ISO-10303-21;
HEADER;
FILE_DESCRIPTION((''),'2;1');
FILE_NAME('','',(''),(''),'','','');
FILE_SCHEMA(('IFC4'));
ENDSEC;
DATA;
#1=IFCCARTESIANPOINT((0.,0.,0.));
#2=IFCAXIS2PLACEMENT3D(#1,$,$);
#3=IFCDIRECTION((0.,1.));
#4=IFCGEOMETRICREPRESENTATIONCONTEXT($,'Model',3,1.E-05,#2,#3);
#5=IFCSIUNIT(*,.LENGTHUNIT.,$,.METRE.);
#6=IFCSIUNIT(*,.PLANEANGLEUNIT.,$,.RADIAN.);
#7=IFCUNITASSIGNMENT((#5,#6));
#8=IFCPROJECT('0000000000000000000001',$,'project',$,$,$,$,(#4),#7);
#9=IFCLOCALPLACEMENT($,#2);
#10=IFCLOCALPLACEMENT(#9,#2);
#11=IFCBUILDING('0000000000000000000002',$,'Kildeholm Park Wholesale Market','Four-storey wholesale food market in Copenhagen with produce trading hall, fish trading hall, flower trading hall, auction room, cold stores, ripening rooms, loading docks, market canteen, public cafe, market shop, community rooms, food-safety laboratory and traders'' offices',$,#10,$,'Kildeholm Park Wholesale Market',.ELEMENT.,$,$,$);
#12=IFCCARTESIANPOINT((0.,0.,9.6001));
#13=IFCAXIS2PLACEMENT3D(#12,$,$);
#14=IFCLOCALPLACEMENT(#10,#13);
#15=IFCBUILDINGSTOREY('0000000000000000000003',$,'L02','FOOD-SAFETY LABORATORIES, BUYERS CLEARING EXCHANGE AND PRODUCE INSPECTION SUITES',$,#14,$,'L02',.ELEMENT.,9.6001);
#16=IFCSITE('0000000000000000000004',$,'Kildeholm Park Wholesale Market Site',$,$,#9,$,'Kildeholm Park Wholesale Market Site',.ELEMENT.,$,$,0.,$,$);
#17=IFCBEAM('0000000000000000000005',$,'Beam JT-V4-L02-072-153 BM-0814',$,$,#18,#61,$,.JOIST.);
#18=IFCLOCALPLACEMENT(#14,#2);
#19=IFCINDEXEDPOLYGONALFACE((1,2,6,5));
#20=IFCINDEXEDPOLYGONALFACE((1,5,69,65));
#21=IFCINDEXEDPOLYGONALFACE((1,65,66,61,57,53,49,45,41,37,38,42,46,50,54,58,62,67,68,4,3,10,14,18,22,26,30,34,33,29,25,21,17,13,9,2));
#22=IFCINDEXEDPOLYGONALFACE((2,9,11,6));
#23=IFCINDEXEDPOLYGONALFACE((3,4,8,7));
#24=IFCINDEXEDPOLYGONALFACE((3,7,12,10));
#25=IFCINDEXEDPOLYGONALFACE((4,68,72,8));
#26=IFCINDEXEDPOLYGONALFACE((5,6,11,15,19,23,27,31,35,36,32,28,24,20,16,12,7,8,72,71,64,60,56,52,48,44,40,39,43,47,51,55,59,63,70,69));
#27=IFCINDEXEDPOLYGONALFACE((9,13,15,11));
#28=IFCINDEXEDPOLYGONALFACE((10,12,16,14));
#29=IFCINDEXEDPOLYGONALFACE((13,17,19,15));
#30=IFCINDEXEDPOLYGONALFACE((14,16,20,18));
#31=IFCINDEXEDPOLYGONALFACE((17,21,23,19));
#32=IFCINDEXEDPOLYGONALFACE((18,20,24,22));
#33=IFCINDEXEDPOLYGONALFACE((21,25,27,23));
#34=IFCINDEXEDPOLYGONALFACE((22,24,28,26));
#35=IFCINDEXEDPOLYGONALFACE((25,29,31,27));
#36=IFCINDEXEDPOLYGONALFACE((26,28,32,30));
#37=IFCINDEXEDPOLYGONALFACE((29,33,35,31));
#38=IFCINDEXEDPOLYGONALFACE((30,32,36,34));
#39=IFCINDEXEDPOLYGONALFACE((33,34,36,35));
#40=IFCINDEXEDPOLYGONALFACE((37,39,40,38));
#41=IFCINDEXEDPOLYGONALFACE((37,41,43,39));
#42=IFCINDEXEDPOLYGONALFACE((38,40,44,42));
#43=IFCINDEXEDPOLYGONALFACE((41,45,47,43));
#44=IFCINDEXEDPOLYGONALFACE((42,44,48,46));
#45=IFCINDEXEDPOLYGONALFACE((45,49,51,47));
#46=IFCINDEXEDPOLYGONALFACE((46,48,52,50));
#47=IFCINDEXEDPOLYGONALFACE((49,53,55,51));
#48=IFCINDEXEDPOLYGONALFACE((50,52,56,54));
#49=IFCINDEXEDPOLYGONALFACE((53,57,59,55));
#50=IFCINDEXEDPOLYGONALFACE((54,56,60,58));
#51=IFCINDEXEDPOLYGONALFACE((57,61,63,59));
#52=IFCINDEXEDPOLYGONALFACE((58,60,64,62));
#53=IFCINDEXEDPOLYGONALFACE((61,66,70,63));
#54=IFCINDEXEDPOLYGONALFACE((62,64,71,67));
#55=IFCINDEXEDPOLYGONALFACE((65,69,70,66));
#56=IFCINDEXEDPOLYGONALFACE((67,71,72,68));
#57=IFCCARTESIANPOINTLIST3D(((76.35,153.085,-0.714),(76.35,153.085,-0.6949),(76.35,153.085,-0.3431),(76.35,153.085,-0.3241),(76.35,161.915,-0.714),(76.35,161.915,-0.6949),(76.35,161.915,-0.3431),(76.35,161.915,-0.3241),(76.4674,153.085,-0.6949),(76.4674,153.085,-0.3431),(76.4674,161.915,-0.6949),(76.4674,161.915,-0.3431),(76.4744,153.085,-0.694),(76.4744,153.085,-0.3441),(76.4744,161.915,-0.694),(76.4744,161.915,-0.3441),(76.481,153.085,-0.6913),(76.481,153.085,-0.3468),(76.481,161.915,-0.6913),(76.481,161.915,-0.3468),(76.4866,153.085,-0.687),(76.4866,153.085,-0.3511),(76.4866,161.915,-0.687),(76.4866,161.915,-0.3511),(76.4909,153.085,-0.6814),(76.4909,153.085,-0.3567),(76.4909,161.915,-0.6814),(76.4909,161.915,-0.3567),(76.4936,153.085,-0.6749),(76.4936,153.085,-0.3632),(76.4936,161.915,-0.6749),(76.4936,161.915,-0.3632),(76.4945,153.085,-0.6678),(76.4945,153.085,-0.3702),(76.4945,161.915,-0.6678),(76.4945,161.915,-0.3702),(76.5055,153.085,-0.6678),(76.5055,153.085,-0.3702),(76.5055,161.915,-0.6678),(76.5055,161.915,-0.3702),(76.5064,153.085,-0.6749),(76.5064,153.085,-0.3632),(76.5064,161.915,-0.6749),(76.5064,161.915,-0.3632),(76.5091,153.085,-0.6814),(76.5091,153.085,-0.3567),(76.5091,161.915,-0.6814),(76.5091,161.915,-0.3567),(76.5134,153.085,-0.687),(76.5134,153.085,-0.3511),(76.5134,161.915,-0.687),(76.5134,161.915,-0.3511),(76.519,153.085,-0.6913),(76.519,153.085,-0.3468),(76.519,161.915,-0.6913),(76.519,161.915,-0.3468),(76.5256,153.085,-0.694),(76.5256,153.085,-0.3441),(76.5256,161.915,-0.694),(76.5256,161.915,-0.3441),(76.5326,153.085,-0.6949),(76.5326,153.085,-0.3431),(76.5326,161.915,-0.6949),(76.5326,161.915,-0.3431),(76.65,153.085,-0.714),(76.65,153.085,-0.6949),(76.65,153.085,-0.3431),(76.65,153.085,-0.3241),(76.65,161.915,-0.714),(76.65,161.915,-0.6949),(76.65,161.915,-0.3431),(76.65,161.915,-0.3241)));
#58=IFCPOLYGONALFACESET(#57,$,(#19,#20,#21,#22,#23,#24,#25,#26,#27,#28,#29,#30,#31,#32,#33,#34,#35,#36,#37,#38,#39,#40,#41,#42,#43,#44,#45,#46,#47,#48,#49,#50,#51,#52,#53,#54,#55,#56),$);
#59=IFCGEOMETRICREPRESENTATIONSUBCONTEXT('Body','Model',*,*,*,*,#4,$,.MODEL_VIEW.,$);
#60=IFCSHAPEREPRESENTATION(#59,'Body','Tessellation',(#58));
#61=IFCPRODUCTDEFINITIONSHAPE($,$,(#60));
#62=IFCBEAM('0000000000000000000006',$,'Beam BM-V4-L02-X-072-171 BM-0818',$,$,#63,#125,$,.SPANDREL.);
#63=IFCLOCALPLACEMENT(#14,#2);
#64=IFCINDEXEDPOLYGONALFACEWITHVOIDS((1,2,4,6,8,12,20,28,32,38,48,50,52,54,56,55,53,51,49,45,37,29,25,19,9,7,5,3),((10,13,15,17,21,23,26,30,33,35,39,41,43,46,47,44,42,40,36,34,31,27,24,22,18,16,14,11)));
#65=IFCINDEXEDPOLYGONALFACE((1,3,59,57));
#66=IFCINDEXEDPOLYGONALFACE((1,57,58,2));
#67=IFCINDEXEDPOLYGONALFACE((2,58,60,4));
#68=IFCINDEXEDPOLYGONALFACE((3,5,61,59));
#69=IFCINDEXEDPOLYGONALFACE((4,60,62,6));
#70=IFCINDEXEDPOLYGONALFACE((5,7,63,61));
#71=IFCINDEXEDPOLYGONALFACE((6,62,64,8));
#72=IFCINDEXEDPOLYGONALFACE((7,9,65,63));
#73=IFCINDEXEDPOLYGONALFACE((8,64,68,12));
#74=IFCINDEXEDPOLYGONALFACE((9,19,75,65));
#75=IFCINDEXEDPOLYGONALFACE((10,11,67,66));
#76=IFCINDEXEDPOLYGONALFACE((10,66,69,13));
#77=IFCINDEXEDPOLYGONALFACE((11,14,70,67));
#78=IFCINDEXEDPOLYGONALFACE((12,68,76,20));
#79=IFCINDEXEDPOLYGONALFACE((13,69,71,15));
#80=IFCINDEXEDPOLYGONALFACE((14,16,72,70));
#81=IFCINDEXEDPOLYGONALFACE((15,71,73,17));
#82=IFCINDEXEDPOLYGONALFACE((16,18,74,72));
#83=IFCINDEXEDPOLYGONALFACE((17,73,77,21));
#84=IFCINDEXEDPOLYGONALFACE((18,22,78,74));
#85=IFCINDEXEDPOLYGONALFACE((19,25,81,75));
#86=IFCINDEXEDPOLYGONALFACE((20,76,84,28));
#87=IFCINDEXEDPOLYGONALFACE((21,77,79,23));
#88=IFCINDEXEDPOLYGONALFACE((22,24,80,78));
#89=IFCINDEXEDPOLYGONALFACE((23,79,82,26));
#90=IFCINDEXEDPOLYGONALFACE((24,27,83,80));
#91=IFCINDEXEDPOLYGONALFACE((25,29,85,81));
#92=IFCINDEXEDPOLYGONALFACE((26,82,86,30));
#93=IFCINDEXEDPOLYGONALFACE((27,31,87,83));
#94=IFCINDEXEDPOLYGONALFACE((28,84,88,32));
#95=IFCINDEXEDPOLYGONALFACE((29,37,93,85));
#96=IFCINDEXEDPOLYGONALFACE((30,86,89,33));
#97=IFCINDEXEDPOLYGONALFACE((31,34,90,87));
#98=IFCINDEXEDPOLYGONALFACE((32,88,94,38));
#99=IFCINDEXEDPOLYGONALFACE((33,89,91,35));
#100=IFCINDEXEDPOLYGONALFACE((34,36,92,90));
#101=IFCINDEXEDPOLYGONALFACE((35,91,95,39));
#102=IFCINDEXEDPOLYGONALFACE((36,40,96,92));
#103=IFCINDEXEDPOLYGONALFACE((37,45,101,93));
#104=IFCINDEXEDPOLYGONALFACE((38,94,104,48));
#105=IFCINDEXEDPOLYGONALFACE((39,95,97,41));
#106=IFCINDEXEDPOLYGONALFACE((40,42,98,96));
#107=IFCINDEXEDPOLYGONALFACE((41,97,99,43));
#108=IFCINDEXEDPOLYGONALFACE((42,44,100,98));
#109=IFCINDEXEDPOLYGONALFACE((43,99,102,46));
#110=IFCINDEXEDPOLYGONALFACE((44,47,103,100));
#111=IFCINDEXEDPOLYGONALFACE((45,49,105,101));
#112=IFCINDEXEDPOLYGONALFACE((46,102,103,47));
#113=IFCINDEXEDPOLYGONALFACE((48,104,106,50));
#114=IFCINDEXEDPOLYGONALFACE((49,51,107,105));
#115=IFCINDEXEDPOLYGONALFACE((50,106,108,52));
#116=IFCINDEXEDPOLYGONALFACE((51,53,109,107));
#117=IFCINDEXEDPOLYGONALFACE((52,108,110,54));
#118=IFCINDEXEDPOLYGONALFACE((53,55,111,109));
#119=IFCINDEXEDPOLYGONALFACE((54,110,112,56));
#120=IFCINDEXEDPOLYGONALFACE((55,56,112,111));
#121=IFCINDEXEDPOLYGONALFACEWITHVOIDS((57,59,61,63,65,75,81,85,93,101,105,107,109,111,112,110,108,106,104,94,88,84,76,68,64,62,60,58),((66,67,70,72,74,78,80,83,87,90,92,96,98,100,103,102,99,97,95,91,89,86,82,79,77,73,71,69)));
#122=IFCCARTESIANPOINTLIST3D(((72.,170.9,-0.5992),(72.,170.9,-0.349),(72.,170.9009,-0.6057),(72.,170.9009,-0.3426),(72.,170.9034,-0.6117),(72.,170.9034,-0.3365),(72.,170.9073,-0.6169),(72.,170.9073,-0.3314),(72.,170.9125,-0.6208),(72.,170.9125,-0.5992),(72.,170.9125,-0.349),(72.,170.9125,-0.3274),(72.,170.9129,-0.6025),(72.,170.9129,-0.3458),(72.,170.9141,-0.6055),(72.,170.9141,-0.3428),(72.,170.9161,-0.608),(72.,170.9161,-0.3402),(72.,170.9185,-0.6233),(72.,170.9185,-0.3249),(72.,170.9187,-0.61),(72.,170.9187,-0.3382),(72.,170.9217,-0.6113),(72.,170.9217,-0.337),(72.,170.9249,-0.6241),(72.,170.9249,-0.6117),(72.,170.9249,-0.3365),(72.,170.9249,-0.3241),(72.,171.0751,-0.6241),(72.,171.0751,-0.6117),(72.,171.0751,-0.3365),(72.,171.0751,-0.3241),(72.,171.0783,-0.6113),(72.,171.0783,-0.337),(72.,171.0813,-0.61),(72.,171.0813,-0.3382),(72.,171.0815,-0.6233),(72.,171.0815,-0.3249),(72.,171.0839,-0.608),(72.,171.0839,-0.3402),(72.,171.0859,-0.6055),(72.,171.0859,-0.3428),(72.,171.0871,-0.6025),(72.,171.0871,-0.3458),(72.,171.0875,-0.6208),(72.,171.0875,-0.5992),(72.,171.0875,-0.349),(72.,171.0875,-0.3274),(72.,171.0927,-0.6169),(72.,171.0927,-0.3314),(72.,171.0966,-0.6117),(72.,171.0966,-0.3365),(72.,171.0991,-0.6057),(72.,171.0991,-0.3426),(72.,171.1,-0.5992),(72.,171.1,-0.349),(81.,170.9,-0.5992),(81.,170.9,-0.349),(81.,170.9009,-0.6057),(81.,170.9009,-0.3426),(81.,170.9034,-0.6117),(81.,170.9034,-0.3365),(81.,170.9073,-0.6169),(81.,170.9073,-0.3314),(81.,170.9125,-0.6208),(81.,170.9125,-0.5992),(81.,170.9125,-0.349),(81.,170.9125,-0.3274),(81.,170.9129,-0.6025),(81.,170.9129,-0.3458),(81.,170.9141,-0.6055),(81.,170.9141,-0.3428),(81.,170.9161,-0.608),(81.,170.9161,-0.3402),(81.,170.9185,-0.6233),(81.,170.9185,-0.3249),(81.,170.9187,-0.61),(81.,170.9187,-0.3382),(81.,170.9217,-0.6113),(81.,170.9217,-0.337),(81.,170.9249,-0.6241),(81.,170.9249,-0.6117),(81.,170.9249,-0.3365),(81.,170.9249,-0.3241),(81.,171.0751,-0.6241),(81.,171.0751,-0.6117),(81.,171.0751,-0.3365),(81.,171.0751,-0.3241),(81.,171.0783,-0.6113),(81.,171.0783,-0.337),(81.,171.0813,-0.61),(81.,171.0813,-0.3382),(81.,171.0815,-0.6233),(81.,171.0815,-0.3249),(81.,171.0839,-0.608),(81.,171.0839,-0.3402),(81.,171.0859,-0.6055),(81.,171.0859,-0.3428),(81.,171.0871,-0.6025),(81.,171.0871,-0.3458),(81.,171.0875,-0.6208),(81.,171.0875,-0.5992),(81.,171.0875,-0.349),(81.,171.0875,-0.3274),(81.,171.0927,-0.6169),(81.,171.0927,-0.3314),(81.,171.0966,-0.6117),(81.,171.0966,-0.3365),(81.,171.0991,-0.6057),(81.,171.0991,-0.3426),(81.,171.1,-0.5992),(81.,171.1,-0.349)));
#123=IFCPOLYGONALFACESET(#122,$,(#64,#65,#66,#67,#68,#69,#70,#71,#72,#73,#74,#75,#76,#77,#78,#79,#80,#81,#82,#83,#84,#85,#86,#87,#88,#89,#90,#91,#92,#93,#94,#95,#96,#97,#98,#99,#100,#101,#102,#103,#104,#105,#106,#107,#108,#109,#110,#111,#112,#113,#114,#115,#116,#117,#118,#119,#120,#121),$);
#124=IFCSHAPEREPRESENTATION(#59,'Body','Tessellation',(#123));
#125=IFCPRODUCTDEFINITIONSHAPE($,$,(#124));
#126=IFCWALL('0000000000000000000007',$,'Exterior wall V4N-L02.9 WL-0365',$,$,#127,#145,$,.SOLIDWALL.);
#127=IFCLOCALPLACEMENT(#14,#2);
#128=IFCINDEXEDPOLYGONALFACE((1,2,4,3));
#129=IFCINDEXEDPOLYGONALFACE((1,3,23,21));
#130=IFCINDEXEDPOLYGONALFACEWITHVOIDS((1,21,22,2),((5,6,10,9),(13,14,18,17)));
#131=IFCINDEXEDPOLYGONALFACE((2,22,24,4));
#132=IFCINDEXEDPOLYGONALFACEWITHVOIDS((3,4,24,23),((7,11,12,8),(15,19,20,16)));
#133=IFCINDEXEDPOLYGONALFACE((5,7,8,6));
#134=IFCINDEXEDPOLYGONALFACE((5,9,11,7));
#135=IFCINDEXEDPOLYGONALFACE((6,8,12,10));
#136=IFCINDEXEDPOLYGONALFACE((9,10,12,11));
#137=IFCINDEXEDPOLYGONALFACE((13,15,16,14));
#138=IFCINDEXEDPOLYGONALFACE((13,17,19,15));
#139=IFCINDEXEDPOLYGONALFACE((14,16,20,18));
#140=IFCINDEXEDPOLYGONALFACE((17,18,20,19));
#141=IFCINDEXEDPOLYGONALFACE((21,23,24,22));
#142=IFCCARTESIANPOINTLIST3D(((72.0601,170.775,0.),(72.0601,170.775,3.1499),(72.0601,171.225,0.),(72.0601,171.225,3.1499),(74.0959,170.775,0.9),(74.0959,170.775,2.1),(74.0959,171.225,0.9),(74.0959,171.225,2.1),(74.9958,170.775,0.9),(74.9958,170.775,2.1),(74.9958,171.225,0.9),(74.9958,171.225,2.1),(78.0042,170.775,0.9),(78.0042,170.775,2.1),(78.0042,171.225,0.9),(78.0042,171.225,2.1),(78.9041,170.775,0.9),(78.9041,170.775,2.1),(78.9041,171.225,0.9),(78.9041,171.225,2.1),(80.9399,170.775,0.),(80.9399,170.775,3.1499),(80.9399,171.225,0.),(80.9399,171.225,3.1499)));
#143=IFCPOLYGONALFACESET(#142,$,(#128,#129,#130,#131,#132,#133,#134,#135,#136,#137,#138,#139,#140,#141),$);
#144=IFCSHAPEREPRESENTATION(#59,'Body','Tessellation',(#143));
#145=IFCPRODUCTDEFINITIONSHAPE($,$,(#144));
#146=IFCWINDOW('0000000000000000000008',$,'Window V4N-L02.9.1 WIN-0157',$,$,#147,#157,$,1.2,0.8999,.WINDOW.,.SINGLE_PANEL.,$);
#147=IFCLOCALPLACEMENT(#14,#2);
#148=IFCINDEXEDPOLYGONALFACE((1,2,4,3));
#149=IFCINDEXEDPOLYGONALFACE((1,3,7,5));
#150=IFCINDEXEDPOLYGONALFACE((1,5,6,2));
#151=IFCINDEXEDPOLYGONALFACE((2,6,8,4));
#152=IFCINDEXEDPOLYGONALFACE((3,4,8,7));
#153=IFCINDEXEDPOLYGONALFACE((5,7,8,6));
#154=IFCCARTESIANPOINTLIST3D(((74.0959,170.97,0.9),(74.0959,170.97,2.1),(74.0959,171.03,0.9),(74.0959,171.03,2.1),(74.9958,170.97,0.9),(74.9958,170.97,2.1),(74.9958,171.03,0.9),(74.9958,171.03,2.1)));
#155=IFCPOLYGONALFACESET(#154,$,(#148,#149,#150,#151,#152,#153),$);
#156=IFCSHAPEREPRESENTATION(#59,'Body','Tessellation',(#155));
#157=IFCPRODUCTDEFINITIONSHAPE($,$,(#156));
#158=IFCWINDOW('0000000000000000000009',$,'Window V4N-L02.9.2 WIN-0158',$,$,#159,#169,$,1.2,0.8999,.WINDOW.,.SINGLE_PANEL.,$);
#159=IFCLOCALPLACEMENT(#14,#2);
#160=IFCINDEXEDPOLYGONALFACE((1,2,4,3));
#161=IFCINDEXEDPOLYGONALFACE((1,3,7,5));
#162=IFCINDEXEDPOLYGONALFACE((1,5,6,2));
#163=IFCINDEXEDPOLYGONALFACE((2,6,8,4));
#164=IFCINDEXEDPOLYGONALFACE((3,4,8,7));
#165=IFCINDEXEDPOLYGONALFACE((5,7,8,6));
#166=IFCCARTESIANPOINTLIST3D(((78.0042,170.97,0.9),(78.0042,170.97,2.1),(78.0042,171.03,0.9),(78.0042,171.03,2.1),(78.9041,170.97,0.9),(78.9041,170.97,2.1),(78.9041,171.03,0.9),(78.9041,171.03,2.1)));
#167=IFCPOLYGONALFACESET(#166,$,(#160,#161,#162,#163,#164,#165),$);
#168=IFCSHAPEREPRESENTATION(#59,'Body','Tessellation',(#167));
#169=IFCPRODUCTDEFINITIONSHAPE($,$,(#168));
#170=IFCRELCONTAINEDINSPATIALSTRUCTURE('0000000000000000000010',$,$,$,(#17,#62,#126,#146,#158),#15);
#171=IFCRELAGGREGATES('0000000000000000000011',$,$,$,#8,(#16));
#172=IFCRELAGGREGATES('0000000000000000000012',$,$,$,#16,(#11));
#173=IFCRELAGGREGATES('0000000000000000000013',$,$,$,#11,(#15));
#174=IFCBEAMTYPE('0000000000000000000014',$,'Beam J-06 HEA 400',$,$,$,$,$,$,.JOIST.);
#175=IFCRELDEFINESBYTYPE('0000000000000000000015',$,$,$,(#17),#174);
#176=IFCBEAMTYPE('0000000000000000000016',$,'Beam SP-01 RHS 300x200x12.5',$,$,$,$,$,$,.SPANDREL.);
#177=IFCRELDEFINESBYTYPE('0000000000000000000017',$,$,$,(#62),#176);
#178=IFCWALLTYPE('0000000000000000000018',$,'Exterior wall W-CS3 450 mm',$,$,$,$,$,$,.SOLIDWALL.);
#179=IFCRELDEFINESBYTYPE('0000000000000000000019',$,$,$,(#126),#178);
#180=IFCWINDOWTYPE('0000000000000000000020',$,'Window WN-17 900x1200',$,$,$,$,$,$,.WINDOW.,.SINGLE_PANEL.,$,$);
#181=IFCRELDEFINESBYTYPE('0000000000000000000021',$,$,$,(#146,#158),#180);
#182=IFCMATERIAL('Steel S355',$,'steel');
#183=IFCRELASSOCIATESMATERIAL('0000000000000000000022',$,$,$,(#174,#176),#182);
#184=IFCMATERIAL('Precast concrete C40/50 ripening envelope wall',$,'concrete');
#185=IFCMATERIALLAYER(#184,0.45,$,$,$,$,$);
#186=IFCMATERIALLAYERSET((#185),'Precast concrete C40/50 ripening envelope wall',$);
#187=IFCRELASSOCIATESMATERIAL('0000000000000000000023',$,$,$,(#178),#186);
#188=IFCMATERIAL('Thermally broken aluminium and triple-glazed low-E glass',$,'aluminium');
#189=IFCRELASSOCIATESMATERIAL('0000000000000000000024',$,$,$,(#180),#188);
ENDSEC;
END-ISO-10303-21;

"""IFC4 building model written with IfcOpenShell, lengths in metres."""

from ifc_helpers import new_model, si_unit, direction, frame, frame_2d, origin, origin_2d, place, context, subcontext, project, spatial, rectangle, hollow_rectangle, i_section, extrude, material, layer, layer_set, material_profile, profile_set, type_object, element, fill, save


model = new_model("IFC4")

# Units and contexts
model_context = context("Model", 3, precision=1e-05, world=origin(), true_north=direction((0.0, 1.0)))
body_context = subcontext(model_context, "Body", "Model", "MODEL_VIEW")
ifc_project = project(units=[si_unit("LENGTHUNIT", "METRE"), si_unit("PLANEANGLEUNIT", "RADIAN")], contexts=[model_context])

# Site, building, storey
site_placement = place(None, origin())
site = spatial("IfcSite", under=ifc_project, at=site_placement, Name="Kildeholm Park Wholesale Market Site", LongName="Kildeholm Park Wholesale Market Site", CompositionType="ELEMENT", RefElevation=0.0)
building_placement = place(site_placement, origin())
building = spatial("IfcBuilding", under=site, at=building_placement, Name="Kildeholm Park Wholesale Market", Description="Four-storey wholesale food market in Copenhagen with produce trading hall, fish trading hall, flower trading hall, auction room, cold stores, ripening rooms, loading docks, market canteen, public cafe, market shop, community rooms, food-safety laboratory and traders' offices", LongName="Kildeholm Park Wholesale Market", CompositionType="ELEMENT")
storey_placement = place(building_placement, frame((0.0, 0.0, 9.6001)))
storey = spatial("IfcBuildingStorey", under=building, at=storey_placement, Name="L02", Description="FOOD-SAFETY LABORATORIES, BUYERS CLEARING EXCHANGE AND PRODUCE INSPECTION SUITES", LongName="L02", CompositionType="ELEMENT", Elevation=9.6001)

# Beams
ifc_material_1 = material(Name="Steel S355", Category="steel")
ifc_material_profile_1 = material_profile(ifc_material_1, i_section(OverallWidth=0.3, OverallDepth=0.3899, WebThickness=0.011, FlangeThickness=0.019, FilletRadius=0.0271, at=origin_2d()), Name="HEA 400")
ifc_profile_set_1 = profile_set([ifc_material_profile_1], Name="Steel S355")
beam_type_1 = type_object("IfcBeamType", Name="Beam J-06 HEA 400", PredefinedType="JOIST", material=ifc_profile_set_1)
for number, where, z_axis, x_axis, name in (
    (1, (76.5, 153.085, -0.519), (0.0, 1.0, 0.0), (-1.0, 0.0, 0.0), "Beam JT-V4-L02-072-153 BM-0814"),
):
    element("IfcBeam", number, at=place(storey_placement, frame(where, z_axis=z_axis, x_axis=x_axis)), inside=storey, type_object=beam_type_1, Name=name, PredefinedType="JOIST", context=body_context, shape_type="SweptSolid", body=[
        extrude(i_section(OverallWidth=0.3, OverallDepth=0.3899, WebThickness=0.011, FlangeThickness=0.019, FilletRadius=0.0271, at=origin_2d()), origin(), (0.0, 0.0, 1.0), 8.8301),
    ])
ifc_material_profile_2 = material_profile(ifc_material_1, hollow_rectangle(XDim=0.2, YDim=0.3, WallThickness=0.0125, InnerFilletRadius=0.0125, OuterFilletRadius=0.0249, at=origin_2d()), Name="RHS 300x200x12.5")
ifc_profile_set_2 = profile_set([ifc_material_profile_2], Name="Steel S355")
beam_type_2 = type_object("IfcBeamType", Name="Beam SP-01 RHS 300x200x12.5", PredefinedType="SPANDREL", material=ifc_profile_set_2)
beam_1_placement = place(storey_placement, frame((72.0, 171.0, -0.4741), z_axis=(1.0, 0.0, 0.0), x_axis=(0.0, 1.0, 0.0)))
element("IfcBeam", 2, at=beam_1_placement, inside=storey, type_object=beam_type_2, Name="Beam BM-V4-L02-X-072-171 BM-0818", PredefinedType="SPANDREL", context=body_context, shape_type="SweptSolid", body=[
    extrude(hollow_rectangle(XDim=0.2, YDim=0.3, WallThickness=0.0125, InnerFilletRadius=0.0125, OuterFilletRadius=0.0249, at=origin_2d()), origin(), (0.0, 0.0, 1.0), 9.0),
])

# Wall, openings, windows
ifc_material_2 = material(Name="Precast concrete C40/50 ripening envelope wall", Category="concrete")
ifc_layer_1 = layer(ifc_material_2, 0.45)
ifc_layer_set_1 = layer_set([ifc_layer_1], Name="Precast concrete C40/50 ripening envelope wall")
wall_type_1 = type_object("IfcWallType", Name="Exterior wall W-CS3 450 mm", PredefinedType="SOLIDWALL", material=ifc_layer_set_1)
wall_1_placement = place(storey_placement, frame((72.0601, 171.0, 0.0), z_axis=(0.0, 0.0, 1.0), x_axis=(1.0, 0.0, 0.0)))
wall_1 = element("IfcWall", 3, at=wall_1_placement, inside=storey, type_object=wall_type_1, Name="Exterior wall V4N-L02.9 WL-0365", PredefinedType="SOLIDWALL", context=body_context, shape_type="SweptSolid", body=[
    extrude(rectangle(XDim=8.8799, YDim=0.45, at=frame_2d((4.4399, 0.0))), origin(), (0.0, 0.0, 1.0), 3.1499),
])
opening_1_placement = place(wall_1_placement, frame((2.0359, 0.0, 0.8999)))
opening_1 = element("IfcOpeningElement", 4, at=opening_1_placement, cuts=wall_1, PredefinedType="OPENING", context=body_context, shape_type="SweptSolid", body=[
    extrude(rectangle(XDim=0.8999, YDim=1.2, at=frame_2d((0.45, 0.6001))), frame((0.0, 0.2349, 0.0), z_axis=(0.0, -1.0, 0.0), x_axis=(1.0, 0.0, 0.0)), (0.0, 0.0, 1.0), 0.47),
])
opening_2_placement = place(wall_1_placement, frame((5.9441, 0.0, 0.8999)))
opening_2 = element("IfcOpeningElement", 5, at=opening_2_placement, cuts=wall_1, PredefinedType="OPENING", context=body_context, shape_type="SweptSolid", body=[
    extrude(rectangle(XDim=0.8999, YDim=1.2, at=frame_2d((0.45, 0.6001))), frame((0.0, 0.2349, 0.0), z_axis=(0.0, -1.0, 0.0), x_axis=(1.0, 0.0, 0.0)), (0.0, 0.0, 1.0), 0.47),
])
ifc_material_3 = material(Name="Thermally broken aluminium and triple-glazed low-E glass", Category="aluminium")
window_type = type_object("IfcWindowType", Name="Window WN-17 900x1200", PartitioningType="SINGLE_PANEL", PredefinedType="WINDOW", material=ifc_material_3)
window_1_placement = place(opening_1_placement, origin())
window_1 = element("IfcWindow", 6, at=window_1_placement, inside=storey, type_object=window_type, Name="Window V4N-L02.9.1 WIN-0157", OverallHeight=1.2, OverallWidth=0.8999, PartitioningType="SINGLE_PANEL", PredefinedType="WINDOW", context=body_context, shape_type="SweptSolid", body=[
    extrude(rectangle(XDim=0.8999, YDim=1.2, at=frame_2d((0.45, 0.6001))), frame((0.0, 0.03, 0.0), z_axis=(0.0, -1.0, 0.0), x_axis=(1.0, 0.0, 0.0)), (0.0, 0.0, 1.0), 0.0601),
])
fill(opening_1, window_1)
window_2_placement = place(opening_2_placement, origin())
window_2 = element("IfcWindow", 7, at=window_2_placement, inside=storey, type_object=window_type, Name="Window V4N-L02.9.2 WIN-0158", OverallHeight=1.2, OverallWidth=0.8999, PartitioningType="SINGLE_PANEL", PredefinedType="WINDOW", context=body_context, shape_type="SweptSolid", body=[
    extrude(rectangle(XDim=0.8999, YDim=1.2, at=frame_2d((0.45, 0.6001))), frame((0.0, 0.03, 0.0), z_axis=(0.0, -1.0, 0.0), x_axis=(1.0, 0.0, 0.0)), (0.0, 0.0, 1.0), 0.0601),
])
fill(opening_2, window_2)

save(model, "model.ifc")
